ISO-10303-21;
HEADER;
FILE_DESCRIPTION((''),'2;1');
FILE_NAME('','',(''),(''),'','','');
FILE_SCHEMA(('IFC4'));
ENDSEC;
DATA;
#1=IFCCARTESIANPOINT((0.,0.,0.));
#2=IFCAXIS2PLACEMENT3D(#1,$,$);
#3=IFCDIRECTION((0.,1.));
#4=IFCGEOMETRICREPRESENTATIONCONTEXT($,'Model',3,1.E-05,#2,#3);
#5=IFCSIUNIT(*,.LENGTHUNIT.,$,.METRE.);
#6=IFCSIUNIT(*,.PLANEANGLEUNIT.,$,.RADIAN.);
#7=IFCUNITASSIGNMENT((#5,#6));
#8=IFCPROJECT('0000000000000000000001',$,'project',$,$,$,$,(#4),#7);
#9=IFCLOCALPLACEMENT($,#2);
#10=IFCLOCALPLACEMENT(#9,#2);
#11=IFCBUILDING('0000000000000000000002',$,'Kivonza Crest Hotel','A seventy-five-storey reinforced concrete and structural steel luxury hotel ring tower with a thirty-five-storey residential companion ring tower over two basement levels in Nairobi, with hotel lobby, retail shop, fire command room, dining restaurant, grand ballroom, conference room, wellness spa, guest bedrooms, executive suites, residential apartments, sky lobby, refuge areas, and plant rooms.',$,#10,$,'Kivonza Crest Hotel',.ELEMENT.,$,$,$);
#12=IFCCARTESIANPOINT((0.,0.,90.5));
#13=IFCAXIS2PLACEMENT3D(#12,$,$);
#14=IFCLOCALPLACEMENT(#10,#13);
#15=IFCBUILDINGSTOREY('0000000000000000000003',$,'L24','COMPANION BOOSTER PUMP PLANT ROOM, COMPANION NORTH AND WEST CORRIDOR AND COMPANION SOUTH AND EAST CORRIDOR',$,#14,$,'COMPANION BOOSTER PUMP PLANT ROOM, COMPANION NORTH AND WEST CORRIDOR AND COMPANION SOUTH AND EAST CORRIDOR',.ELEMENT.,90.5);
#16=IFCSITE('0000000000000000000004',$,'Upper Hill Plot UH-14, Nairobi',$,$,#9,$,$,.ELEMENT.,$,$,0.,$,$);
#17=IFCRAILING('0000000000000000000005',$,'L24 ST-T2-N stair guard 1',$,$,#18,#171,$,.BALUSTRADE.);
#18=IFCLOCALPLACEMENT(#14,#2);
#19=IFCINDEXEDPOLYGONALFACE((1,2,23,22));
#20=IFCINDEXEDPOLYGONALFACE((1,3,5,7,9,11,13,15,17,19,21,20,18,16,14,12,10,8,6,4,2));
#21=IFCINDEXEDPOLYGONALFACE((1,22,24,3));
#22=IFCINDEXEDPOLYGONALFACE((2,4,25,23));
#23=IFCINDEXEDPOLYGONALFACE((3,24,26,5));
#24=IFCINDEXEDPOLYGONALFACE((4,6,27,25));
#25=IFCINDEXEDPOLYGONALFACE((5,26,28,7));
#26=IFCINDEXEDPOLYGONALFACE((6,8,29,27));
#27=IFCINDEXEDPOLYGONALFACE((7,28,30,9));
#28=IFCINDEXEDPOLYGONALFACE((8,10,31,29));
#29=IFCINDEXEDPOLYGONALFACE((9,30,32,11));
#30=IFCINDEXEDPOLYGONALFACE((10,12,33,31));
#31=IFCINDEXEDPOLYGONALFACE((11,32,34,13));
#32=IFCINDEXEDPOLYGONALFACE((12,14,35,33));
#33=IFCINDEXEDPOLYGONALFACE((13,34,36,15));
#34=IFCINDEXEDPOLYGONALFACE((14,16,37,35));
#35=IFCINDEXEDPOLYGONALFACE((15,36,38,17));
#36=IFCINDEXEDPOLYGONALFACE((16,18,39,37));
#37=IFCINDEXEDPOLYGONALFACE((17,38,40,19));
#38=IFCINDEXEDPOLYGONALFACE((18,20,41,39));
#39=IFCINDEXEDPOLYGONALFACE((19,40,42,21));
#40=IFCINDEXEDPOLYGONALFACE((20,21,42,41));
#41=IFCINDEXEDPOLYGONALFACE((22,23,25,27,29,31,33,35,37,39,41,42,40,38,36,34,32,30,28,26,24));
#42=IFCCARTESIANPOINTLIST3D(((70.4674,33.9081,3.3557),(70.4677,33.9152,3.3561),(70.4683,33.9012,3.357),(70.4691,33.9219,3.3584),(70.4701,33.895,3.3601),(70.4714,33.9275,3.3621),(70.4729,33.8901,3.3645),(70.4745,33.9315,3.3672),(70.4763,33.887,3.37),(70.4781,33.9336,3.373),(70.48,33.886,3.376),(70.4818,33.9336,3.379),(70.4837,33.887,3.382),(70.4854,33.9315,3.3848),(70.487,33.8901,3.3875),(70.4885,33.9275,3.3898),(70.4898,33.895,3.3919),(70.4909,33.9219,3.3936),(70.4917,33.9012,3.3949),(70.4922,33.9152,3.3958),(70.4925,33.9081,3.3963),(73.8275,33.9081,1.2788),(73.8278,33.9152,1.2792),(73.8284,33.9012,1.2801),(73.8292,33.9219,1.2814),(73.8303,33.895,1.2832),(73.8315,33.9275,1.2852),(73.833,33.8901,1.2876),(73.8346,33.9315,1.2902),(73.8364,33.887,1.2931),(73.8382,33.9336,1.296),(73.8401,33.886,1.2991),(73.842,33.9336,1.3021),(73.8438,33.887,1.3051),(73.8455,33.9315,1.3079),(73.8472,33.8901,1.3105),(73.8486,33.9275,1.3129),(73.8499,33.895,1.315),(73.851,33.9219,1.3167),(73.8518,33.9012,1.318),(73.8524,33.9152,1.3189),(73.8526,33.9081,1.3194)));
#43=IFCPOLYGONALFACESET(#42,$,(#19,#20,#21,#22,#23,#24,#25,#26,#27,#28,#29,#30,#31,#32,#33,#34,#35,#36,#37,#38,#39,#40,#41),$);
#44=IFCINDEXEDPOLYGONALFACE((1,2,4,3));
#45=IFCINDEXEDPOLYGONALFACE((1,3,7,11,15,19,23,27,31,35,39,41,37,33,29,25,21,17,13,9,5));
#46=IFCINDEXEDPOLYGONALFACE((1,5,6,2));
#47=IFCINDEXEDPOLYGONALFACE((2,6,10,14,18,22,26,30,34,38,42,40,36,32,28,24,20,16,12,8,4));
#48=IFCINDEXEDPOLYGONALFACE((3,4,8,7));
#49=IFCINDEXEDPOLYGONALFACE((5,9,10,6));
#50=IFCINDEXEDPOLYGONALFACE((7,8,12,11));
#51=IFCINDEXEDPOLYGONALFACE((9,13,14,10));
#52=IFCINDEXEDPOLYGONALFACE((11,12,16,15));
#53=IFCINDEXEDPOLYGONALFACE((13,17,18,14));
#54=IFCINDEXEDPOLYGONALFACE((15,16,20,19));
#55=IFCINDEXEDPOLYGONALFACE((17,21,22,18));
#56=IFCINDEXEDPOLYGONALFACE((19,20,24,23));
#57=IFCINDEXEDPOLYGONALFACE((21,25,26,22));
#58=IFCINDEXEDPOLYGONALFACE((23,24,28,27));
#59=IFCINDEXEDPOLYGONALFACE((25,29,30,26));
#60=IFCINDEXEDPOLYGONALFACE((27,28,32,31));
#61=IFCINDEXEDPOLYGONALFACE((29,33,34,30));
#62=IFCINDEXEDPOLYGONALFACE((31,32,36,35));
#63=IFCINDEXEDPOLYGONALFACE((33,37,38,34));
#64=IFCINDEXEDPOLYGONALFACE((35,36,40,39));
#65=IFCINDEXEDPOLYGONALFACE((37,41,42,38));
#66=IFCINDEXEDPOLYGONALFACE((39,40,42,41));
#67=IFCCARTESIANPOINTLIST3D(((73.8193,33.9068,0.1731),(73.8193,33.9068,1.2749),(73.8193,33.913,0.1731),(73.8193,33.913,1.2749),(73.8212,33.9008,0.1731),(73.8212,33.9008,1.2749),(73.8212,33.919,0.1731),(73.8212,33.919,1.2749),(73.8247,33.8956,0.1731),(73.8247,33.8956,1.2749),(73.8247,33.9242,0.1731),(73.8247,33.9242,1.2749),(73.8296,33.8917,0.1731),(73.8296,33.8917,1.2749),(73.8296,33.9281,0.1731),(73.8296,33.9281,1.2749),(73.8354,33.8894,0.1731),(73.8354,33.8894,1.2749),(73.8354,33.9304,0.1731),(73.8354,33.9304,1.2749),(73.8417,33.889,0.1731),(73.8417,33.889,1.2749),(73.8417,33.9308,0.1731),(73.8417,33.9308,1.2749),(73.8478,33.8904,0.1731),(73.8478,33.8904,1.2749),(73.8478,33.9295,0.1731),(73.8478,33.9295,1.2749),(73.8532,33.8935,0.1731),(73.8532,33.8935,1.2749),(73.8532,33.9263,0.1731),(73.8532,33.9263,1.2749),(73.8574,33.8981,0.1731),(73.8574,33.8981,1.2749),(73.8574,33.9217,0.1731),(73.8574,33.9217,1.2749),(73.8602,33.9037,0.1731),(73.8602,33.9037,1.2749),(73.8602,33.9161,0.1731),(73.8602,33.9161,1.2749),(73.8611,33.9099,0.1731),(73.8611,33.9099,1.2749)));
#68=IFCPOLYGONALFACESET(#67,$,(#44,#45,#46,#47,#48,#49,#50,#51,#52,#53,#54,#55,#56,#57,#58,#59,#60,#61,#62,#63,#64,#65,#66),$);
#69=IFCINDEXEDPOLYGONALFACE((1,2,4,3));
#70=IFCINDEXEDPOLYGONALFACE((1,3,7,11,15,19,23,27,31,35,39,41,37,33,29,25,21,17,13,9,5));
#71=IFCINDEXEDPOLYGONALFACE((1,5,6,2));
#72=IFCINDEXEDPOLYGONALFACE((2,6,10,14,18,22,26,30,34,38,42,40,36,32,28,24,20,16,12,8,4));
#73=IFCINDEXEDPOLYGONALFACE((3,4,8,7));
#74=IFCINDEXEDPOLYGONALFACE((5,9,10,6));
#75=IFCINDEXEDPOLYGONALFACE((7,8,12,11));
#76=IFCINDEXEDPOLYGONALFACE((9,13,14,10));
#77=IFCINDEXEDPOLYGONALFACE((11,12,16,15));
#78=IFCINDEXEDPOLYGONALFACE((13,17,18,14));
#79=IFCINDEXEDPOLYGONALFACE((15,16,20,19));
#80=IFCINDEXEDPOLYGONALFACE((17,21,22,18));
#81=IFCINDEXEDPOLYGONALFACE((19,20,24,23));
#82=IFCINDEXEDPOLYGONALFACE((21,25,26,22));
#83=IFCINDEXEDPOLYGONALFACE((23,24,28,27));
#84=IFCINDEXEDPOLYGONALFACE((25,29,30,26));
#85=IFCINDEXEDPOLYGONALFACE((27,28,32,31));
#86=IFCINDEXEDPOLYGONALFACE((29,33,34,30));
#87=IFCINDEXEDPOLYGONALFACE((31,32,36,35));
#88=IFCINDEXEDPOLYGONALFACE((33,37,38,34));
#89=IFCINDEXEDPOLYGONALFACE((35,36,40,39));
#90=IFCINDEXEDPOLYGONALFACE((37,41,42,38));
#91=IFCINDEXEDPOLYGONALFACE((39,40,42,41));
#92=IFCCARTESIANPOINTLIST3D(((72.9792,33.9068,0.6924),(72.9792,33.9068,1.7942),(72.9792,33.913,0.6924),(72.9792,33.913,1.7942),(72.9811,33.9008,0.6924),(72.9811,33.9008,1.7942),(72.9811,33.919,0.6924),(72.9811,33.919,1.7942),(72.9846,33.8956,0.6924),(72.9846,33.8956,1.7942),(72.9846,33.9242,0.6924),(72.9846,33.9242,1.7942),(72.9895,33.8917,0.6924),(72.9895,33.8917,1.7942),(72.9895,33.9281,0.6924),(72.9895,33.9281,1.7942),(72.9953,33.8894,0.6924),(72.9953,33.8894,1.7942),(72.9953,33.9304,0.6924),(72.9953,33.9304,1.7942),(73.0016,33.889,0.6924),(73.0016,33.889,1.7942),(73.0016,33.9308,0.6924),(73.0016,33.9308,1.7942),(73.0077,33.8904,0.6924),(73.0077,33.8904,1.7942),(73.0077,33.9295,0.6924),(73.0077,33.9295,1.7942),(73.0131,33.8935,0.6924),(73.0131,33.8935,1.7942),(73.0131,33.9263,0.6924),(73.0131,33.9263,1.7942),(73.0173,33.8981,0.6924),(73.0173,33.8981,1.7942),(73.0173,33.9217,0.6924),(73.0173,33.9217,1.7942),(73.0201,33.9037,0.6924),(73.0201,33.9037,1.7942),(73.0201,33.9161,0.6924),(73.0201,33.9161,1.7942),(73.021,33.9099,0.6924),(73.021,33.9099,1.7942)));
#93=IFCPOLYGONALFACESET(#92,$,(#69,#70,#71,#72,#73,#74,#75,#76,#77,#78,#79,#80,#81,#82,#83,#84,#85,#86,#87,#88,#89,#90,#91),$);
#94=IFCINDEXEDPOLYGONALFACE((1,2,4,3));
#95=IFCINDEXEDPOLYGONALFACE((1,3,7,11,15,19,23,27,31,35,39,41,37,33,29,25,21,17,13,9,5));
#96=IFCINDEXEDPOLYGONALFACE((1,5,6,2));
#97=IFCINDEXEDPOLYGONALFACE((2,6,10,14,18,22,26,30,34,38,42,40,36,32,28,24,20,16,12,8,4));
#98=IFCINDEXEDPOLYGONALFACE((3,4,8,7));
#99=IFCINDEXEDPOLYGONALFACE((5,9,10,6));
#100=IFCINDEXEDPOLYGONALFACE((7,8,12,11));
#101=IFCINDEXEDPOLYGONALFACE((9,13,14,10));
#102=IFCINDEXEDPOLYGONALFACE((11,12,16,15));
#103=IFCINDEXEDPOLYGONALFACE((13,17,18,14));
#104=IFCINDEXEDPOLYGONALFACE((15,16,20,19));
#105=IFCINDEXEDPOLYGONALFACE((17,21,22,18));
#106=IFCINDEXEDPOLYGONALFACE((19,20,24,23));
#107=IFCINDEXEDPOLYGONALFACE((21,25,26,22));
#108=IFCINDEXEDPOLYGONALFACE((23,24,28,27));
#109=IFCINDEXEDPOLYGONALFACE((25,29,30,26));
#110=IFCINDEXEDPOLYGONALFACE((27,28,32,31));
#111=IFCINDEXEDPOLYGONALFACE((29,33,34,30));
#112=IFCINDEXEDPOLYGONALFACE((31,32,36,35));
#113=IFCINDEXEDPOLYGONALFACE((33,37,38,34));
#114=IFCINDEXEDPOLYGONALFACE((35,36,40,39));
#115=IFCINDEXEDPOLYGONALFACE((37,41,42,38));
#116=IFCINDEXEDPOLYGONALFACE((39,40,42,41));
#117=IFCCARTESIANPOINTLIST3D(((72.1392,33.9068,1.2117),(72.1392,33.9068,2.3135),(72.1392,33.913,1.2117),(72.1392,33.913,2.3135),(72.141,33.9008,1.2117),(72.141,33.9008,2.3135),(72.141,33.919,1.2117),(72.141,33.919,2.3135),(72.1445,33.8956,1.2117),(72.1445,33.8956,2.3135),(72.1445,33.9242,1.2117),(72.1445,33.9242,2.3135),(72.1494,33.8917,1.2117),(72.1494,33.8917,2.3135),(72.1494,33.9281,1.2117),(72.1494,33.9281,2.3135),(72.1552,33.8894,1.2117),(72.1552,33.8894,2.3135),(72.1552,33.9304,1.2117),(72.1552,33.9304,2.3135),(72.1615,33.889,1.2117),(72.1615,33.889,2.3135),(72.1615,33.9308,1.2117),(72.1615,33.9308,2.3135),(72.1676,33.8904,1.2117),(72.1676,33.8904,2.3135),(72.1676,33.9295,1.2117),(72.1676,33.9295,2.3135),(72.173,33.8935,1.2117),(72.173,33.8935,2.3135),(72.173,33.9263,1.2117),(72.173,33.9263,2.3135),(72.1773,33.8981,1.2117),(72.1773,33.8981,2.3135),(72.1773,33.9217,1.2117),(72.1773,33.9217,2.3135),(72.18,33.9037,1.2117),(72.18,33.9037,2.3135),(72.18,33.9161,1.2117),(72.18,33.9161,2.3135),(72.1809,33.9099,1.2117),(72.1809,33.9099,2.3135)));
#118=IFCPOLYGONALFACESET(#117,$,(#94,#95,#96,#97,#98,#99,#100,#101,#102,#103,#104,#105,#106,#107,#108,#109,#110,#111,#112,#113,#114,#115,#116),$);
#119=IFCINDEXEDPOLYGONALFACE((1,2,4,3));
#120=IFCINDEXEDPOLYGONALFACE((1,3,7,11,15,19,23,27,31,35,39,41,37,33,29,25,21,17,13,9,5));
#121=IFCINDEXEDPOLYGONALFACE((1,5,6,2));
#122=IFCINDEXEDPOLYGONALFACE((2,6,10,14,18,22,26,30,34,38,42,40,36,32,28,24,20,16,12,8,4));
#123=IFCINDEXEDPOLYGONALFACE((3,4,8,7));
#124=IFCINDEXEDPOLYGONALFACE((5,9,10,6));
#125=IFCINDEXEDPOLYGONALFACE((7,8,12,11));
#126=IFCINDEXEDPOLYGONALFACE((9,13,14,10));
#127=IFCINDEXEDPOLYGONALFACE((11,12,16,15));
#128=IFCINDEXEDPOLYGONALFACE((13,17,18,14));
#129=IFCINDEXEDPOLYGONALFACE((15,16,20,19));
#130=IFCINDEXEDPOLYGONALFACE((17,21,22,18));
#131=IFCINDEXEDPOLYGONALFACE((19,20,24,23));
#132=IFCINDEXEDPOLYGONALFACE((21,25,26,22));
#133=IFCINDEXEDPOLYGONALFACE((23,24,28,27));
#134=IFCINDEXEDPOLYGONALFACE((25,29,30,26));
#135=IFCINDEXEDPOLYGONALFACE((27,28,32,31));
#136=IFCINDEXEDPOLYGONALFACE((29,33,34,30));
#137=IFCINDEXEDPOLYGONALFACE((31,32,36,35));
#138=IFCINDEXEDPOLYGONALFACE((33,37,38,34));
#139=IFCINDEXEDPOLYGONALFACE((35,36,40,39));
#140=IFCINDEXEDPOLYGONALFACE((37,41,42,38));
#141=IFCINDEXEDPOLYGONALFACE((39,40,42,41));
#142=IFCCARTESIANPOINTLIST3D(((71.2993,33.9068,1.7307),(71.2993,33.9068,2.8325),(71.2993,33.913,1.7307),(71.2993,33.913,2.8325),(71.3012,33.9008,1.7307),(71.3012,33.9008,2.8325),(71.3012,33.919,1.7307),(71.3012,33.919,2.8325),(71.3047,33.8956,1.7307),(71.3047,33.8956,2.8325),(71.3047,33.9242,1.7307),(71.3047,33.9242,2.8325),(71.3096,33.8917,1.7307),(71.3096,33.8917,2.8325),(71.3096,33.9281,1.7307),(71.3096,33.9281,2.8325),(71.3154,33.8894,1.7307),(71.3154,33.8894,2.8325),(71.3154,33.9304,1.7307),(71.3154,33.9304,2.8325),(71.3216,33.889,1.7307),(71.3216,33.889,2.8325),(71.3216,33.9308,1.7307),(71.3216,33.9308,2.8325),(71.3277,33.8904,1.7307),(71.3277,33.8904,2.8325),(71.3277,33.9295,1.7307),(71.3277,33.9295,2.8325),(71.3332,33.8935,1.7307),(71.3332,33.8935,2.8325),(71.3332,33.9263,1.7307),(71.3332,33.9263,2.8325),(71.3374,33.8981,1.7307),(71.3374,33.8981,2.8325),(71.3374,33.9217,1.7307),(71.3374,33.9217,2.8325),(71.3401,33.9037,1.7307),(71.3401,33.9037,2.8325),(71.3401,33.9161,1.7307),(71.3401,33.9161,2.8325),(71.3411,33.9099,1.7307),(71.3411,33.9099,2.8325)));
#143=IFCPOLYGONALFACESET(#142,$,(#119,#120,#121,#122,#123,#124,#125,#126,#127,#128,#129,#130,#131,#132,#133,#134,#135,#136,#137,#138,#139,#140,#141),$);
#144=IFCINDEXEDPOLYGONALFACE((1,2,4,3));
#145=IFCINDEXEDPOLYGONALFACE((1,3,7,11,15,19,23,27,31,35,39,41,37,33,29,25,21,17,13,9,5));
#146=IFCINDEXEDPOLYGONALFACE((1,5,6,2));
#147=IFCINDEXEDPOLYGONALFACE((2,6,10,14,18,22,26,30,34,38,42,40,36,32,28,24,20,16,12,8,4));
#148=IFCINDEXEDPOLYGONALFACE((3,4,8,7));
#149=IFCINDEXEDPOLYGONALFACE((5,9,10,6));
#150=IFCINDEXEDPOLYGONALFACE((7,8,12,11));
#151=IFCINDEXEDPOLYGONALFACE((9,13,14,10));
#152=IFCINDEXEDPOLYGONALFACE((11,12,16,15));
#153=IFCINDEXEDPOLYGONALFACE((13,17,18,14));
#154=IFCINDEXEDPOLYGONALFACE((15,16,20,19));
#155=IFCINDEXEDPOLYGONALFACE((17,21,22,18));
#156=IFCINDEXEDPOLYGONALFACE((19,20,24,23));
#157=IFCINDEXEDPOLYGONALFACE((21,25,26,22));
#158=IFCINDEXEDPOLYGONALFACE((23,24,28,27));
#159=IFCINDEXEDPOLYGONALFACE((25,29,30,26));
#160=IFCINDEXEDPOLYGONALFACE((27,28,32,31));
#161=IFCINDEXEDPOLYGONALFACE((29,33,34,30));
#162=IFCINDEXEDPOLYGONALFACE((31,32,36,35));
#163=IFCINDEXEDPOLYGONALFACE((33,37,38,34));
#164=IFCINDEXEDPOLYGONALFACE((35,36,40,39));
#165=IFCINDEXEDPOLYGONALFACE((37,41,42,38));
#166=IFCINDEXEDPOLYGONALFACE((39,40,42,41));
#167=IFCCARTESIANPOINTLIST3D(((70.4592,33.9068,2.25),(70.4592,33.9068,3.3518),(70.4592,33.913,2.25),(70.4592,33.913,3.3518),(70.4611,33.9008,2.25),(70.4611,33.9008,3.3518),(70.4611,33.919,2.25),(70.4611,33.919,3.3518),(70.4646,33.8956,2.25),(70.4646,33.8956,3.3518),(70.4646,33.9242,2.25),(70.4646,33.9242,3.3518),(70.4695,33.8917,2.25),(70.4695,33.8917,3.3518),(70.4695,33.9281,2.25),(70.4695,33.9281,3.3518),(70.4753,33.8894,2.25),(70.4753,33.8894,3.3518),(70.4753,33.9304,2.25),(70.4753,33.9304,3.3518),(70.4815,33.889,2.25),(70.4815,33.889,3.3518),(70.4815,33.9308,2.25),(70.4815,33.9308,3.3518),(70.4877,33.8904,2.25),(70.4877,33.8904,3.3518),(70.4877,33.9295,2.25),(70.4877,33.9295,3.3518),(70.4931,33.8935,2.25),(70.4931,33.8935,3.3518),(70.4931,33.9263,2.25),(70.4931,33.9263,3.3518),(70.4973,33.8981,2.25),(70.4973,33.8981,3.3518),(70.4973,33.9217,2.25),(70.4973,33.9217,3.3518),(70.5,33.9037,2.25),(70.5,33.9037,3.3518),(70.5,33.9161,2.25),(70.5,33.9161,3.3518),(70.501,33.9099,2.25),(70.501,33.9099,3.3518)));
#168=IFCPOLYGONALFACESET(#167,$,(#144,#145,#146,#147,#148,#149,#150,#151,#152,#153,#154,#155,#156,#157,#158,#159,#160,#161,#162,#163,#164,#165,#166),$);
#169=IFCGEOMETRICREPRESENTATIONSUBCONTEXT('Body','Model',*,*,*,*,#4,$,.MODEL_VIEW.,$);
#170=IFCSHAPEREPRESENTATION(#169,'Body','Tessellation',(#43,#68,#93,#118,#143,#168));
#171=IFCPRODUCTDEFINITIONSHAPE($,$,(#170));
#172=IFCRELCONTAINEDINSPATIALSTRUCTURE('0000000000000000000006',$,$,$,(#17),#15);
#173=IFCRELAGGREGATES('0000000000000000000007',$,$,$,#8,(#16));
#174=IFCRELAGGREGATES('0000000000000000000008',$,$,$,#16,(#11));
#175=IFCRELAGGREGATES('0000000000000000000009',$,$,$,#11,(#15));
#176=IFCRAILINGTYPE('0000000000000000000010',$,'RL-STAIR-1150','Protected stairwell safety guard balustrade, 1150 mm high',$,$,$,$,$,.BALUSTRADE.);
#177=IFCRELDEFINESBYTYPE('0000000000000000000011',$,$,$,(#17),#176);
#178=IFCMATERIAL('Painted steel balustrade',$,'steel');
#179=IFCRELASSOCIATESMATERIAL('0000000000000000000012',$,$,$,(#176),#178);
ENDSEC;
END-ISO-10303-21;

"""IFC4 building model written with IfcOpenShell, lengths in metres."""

from ifc_helpers import new_model, si_unit, direction, frame, origin, origin_2d, place, context, subcontext, project, spatial, circle, extrude, material, type_object, element, save


model = new_model("IFC4")

# Units and contexts
model_context = context("Model", 3, precision=1e-05, world=origin(), true_north=direction((0.0, 1.0)))
body_context = subcontext(model_context, "Body", "Model", "MODEL_VIEW")
ifc_project = project(units=[si_unit("LENGTHUNIT", "METRE"), si_unit("PLANEANGLEUNIT", "RADIAN")], contexts=[model_context])

# Site, building, storey
site_placement = place(None, origin())
site = spatial("IfcSite", under=ifc_project, at=site_placement, Name="Upper Hill Plot UH-14, Nairobi", CompositionType="ELEMENT", RefElevation=0.0)
building_placement = place(site_placement, origin())
building = spatial("IfcBuilding", under=site, at=building_placement, Name="Kivonza Crest Hotel", Description="A seventy-five-storey reinforced concrete and structural steel luxury hotel ring tower with a thirty-five-storey residential companion ring tower over two basement levels in Nairobi, with hotel lobby, retail shop, fire command room, dining restaurant, grand ballroom, conference room, wellness spa, guest bedrooms, executive suites, residential apartments, sky lobby, refuge areas, and plant rooms.", LongName="Kivonza Crest Hotel", CompositionType="ELEMENT")
storey_placement = place(building_placement, frame((0.0, 0.0, 90.5)))
storey = spatial("IfcBuildingStorey", under=building, at=storey_placement, Name="L24", Description="COMPANION BOOSTER PUMP PLANT ROOM, COMPANION NORTH AND WEST CORRIDOR AND COMPANION SOUTH AND EAST CORRIDOR", LongName="COMPANION BOOSTER PUMP PLANT ROOM, COMPANION NORTH AND WEST CORRIDOR AND COMPANION SOUTH AND EAST CORRIDOR", CompositionType="ELEMENT", Elevation=90.5)

# Railing
ifc_material_1 = material(Name="Painted steel balustrade", Category="steel")
railing_type_1 = type_object("IfcRailingType", Name="RL-STAIR-1150", Description="Protected stairwell safety guard balustrade, 1150 mm high", PredefinedType="BALUSTRADE", material=ifc_material_1)
railing_1_placement = place(storey_placement, frame((73.8401, 33.9099, 0.1731)))
element("IfcRailing", 1, at=railing_1_placement, inside=storey, type_object=railing_type_1, Name="L24 ST-T2-N stair guard 1", PredefinedType="BALUSTRADE", context=body_context, shape_type="SweptSolid", body=[
    extrude(circle(Radius=0.0239, at=origin_2d()), frame((0.0, 0.0, 1.126), z_axis=(-0.850623, 0.0, 0.525776), x_axis=(0.0, -1.0, 0.0)), (0.0, 0.0, 1.0), 3.9502),
    extrude(circle(Radius=0.021, at=origin_2d()), origin(), (0.0, 0.0, 1.0), 1.1018),
    extrude(circle(Radius=0.021, at=origin_2d()), frame((-0.8401, 0.0, 0.5193)), (0.0, 0.0, 1.0), 1.1018),
    extrude(circle(Radius=0.021, at=origin_2d()), frame((-1.6802, 0.0, 1.0386)), (0.0, 0.0, 1.0), 1.1018),
    extrude(circle(Radius=0.021, at=origin_2d()), frame((-2.52, 0.0, 1.5576)), (0.0, 0.0, 1.0), 1.1018),
    extrude(circle(Radius=0.021, at=origin_2d()), frame((-3.3601, 0.0, 2.0769)), (0.0, 0.0, 1.0), 1.1018),
])

save(model, "model.ifc")
